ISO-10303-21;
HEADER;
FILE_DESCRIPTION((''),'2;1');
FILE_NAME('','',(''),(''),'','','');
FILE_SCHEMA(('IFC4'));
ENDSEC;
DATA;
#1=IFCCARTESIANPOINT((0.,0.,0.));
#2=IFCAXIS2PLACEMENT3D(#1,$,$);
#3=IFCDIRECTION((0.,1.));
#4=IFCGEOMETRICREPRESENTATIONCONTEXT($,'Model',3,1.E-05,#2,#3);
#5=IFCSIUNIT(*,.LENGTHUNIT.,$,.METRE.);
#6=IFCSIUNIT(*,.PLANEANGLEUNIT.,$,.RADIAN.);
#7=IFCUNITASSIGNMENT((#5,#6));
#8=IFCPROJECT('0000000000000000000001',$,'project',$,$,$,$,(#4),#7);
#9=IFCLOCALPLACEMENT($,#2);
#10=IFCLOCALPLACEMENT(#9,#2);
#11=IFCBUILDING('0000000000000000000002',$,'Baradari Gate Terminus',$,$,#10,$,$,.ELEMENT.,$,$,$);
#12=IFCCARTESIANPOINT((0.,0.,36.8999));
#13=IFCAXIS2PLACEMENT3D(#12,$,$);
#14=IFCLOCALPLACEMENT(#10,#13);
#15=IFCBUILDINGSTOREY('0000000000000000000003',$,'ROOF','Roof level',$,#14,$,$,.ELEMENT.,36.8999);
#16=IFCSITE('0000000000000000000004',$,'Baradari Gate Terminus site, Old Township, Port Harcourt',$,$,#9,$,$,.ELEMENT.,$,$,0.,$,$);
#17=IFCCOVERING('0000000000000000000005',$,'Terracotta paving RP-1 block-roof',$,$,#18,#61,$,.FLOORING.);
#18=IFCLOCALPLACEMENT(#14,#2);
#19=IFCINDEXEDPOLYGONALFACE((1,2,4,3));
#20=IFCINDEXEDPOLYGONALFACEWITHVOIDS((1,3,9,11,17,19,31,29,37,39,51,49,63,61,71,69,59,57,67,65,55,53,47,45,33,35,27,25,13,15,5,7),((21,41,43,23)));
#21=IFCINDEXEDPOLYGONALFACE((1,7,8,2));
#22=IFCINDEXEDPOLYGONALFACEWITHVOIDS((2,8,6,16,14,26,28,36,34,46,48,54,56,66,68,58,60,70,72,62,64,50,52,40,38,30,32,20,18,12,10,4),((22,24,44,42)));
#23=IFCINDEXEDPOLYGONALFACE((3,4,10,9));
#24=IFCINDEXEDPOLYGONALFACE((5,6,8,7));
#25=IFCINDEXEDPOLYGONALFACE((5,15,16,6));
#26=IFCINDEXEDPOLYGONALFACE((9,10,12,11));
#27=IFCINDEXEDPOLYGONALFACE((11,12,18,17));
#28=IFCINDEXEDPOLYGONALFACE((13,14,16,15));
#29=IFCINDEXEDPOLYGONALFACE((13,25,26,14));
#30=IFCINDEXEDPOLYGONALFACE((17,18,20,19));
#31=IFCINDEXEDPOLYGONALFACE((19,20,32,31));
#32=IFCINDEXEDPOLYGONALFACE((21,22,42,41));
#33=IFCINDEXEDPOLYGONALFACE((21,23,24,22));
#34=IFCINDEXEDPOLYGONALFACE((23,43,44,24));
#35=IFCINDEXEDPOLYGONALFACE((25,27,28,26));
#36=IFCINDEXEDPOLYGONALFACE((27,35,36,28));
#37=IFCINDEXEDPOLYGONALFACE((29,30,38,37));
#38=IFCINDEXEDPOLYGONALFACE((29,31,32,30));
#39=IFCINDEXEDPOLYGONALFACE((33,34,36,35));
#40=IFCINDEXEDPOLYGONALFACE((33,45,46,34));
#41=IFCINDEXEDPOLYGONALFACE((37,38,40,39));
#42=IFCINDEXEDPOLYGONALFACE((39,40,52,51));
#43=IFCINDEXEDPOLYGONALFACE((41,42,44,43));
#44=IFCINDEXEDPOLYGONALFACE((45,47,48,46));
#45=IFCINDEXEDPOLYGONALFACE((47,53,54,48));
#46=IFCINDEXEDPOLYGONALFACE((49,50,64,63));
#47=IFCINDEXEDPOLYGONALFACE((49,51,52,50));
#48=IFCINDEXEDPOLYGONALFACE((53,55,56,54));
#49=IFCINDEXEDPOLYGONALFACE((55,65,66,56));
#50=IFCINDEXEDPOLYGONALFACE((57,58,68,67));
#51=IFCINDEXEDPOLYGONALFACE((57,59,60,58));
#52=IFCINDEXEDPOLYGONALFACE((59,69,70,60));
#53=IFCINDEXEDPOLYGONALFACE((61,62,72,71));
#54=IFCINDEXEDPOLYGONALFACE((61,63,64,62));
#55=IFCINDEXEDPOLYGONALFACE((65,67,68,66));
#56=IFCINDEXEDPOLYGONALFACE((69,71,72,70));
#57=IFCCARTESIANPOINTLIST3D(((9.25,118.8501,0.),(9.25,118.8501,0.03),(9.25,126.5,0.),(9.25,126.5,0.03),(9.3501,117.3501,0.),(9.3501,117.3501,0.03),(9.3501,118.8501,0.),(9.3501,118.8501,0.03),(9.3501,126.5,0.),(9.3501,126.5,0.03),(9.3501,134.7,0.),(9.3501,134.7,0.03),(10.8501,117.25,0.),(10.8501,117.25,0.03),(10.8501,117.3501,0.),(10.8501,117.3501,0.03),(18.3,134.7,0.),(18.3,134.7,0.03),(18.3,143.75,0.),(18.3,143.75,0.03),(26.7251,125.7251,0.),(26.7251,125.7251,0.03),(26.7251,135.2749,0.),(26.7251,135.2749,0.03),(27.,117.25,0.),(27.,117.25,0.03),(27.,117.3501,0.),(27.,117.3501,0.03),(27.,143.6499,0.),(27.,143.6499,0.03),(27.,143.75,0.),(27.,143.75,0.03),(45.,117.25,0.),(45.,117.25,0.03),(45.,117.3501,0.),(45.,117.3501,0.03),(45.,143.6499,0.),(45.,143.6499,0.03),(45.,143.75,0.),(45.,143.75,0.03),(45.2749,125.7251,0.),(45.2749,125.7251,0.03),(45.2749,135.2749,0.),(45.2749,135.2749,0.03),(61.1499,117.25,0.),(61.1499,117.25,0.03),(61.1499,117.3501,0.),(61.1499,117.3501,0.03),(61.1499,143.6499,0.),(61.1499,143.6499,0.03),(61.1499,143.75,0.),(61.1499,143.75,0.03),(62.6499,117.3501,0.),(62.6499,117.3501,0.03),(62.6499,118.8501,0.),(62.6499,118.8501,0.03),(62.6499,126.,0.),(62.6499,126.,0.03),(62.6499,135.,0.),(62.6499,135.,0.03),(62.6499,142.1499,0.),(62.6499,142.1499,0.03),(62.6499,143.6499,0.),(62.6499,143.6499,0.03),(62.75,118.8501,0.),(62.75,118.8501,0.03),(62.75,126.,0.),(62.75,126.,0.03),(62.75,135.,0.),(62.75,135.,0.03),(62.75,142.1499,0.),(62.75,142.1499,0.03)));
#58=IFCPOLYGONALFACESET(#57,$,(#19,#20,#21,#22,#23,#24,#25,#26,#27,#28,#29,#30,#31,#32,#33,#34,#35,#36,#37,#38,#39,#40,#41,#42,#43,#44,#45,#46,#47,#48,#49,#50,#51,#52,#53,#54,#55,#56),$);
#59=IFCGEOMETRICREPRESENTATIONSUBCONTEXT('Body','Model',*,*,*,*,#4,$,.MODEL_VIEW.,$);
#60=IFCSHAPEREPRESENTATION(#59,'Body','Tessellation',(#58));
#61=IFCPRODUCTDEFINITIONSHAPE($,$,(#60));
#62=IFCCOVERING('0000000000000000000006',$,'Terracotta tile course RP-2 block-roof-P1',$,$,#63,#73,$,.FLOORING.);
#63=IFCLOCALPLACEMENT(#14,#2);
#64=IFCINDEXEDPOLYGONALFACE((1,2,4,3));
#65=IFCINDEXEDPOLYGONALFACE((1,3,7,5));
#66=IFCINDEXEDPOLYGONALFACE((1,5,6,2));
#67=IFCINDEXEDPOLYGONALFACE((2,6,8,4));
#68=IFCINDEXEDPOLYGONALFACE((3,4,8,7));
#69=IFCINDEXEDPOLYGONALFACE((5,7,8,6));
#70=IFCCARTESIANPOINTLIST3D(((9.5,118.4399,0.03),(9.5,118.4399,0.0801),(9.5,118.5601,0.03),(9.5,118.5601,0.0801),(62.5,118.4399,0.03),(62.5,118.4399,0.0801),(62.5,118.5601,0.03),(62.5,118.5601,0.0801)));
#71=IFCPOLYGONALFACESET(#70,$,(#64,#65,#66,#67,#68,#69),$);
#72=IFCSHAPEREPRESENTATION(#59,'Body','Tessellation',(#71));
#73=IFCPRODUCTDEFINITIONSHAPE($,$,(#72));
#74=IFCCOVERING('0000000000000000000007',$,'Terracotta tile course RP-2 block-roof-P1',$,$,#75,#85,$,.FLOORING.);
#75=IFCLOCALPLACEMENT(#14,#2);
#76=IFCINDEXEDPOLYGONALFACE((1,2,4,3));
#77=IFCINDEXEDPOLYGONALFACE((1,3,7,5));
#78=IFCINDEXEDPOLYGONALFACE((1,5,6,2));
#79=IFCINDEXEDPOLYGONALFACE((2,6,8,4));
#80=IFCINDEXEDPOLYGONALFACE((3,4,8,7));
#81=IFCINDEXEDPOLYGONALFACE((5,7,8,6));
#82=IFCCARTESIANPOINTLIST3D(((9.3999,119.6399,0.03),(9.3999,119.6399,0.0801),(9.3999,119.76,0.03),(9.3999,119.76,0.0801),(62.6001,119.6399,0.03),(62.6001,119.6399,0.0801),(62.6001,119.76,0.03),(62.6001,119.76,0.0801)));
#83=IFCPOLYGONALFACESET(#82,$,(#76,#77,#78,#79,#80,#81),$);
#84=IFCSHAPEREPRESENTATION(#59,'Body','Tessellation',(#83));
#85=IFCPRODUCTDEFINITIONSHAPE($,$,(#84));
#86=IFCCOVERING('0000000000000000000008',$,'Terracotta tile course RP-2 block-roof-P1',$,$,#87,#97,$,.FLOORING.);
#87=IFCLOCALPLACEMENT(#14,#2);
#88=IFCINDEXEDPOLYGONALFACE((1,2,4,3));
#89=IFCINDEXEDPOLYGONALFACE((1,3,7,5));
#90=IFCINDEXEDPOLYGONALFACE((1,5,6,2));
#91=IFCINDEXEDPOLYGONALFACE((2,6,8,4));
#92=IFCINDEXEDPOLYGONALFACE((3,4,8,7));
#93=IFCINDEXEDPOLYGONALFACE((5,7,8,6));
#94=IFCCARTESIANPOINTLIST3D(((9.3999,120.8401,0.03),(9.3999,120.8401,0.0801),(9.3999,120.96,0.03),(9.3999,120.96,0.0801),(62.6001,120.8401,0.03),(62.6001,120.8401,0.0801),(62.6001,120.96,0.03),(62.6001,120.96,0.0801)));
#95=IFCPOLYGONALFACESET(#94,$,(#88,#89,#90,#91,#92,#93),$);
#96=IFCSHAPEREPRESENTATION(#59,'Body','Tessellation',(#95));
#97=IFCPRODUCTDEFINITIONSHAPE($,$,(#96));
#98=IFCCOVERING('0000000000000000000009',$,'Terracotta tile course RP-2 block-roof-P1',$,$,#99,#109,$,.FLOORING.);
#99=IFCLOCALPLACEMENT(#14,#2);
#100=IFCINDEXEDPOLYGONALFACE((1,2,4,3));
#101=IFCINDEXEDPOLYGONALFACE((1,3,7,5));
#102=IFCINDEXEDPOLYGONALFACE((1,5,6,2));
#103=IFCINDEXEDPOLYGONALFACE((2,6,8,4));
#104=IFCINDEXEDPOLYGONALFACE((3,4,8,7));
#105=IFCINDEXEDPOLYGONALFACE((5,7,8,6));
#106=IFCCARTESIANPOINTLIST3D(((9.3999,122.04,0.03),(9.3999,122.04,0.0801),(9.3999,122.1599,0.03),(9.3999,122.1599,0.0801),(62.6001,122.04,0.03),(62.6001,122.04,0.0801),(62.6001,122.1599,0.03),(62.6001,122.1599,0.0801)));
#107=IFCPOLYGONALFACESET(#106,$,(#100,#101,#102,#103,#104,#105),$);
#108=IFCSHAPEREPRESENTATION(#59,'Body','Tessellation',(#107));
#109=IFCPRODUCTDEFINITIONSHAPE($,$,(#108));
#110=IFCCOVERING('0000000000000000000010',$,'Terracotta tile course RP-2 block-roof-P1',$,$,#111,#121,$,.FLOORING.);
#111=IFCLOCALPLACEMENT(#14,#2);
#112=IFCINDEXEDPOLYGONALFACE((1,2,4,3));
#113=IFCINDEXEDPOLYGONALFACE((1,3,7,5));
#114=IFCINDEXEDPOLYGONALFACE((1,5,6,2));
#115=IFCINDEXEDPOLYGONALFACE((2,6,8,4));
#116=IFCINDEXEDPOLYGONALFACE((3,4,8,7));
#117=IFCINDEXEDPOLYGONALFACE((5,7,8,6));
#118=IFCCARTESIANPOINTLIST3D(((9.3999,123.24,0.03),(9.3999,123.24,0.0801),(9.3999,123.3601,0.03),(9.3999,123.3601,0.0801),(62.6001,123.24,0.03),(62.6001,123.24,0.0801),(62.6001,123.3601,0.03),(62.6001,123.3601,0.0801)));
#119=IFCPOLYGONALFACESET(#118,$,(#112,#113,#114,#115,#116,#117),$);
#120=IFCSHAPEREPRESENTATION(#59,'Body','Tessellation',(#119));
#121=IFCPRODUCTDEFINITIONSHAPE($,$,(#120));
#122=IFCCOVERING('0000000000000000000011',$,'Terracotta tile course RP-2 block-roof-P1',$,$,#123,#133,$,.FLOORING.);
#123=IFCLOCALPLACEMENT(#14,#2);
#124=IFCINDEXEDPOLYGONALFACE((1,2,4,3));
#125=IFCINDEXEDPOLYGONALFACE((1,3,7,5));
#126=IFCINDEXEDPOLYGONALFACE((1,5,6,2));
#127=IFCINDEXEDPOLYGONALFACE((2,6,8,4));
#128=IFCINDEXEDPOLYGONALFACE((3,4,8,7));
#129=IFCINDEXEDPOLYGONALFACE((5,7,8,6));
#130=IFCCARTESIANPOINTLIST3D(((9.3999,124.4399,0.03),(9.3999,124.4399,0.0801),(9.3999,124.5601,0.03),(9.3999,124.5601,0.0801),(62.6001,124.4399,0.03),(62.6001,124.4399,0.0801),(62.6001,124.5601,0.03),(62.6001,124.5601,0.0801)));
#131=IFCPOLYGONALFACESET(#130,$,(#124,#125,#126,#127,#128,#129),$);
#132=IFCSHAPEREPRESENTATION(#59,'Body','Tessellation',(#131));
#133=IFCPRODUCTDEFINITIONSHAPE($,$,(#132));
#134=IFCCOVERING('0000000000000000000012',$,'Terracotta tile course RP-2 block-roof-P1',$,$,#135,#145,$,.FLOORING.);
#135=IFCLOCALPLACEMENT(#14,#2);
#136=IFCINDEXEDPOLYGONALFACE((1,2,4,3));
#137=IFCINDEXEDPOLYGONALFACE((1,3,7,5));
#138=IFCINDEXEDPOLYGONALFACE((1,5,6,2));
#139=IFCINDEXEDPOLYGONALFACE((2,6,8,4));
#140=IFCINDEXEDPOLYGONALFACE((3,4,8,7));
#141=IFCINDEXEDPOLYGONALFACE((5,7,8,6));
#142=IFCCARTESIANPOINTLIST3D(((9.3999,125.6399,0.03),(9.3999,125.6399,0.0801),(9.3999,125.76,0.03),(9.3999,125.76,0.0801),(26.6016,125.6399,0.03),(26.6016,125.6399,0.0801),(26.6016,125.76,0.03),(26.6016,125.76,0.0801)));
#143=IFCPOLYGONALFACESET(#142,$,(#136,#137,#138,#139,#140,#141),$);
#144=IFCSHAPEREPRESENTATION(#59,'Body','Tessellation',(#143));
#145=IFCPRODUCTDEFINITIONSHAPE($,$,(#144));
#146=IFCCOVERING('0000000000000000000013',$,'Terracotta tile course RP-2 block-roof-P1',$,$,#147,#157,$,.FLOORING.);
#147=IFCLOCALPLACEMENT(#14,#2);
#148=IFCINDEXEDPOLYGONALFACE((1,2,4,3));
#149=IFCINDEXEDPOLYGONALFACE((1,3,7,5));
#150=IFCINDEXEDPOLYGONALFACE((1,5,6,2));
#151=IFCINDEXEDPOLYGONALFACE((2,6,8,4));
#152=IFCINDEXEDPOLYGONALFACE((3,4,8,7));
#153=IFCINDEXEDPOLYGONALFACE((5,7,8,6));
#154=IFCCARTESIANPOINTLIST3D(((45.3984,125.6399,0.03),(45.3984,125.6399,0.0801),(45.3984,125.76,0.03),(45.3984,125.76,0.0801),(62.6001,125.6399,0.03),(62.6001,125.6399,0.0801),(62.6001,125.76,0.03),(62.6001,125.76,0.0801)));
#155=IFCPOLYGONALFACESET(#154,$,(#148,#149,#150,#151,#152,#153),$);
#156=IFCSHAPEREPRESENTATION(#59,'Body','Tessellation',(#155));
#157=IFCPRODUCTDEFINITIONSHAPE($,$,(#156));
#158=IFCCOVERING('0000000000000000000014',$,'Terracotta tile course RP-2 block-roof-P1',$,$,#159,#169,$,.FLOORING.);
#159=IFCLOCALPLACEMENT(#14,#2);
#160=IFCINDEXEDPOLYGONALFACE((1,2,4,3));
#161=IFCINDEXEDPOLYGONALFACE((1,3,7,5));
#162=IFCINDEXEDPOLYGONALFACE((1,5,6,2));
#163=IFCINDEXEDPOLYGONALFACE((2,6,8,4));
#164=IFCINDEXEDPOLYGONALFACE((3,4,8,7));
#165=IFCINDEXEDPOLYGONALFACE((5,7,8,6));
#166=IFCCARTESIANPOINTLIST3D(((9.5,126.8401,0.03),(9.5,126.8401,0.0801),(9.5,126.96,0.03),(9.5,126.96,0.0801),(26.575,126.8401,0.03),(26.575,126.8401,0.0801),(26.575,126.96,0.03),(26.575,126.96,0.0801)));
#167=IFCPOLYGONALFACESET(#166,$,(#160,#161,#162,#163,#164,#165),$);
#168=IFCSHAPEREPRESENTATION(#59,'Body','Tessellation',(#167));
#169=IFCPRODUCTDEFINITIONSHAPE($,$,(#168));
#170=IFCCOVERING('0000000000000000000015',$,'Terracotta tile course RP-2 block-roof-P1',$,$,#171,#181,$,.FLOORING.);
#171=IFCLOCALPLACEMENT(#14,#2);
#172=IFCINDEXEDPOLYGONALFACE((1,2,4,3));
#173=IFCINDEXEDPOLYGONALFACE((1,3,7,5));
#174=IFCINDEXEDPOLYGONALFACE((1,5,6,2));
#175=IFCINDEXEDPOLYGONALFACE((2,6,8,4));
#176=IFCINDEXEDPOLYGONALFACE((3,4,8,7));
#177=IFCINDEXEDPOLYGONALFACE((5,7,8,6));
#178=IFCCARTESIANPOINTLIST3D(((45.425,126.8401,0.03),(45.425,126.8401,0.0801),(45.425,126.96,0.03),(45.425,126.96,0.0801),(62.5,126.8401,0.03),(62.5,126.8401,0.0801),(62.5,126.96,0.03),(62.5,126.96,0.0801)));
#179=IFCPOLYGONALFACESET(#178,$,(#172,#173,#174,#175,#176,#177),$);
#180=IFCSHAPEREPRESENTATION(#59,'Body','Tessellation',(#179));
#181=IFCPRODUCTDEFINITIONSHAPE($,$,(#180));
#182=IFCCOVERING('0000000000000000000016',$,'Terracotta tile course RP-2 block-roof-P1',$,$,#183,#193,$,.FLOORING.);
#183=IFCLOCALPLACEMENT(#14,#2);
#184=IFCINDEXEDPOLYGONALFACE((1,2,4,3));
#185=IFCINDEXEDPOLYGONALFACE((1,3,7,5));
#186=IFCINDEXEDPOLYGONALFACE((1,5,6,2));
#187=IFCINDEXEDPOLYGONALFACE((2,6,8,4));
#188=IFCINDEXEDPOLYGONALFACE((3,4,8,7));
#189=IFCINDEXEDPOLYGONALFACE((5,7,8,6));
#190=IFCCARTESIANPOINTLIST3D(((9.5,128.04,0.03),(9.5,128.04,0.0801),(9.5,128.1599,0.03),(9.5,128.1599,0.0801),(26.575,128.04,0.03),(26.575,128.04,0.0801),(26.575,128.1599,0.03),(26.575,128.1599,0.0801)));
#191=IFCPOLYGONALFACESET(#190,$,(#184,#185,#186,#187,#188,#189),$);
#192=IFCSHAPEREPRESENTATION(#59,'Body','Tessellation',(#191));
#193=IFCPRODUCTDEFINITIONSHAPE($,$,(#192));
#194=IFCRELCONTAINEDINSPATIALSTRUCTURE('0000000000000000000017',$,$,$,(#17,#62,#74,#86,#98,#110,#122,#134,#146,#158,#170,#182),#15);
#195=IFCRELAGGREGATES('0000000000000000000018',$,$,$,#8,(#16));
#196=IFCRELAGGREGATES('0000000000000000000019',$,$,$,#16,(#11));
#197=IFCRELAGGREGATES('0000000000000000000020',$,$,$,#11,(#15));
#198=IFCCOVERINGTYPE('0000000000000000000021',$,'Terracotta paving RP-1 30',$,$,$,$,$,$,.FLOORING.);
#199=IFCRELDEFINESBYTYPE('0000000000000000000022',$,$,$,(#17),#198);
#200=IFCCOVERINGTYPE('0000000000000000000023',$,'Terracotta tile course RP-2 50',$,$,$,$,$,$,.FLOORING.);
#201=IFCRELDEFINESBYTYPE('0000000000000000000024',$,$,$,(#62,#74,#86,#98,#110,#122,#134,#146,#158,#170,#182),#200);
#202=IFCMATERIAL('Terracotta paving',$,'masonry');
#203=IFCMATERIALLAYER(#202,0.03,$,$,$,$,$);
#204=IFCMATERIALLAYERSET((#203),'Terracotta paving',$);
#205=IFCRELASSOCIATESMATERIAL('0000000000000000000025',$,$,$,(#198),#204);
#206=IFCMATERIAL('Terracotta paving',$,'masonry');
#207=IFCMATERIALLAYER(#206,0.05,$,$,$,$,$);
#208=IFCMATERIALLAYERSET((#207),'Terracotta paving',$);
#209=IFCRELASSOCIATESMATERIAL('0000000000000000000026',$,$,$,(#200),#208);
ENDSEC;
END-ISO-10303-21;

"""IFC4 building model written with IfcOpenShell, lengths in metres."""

from ifc_helpers import new_model, si_unit, direction, frame, origin, place, context, subcontext, project, spatial, polyline, outline, extrude, material, layer, layer_set, type_object, element, save


model = new_model("IFC4")

# Units and contexts
model_context = context("Model", 3, precision=1e-05, world=origin(), true_north=direction((0.0, 1.0)))
body_context = subcontext(model_context, "Body", "Model", "MODEL_VIEW")
ifc_project = project(units=[si_unit("LENGTHUNIT", "METRE"), si_unit("PLANEANGLEUNIT", "RADIAN")], contexts=[model_context])

# Site, building, storey
site_placement = place(None, origin())
site = spatial("IfcSite", under=ifc_project, at=site_placement, Name="Baradari Gate Terminus site, Old Township, Port Harcourt", CompositionType="ELEMENT", RefElevation=0.0)
building_placement = place(site_placement, origin())
building = spatial("IfcBuilding", under=site, at=building_placement, Name="Baradari Gate Terminus", CompositionType="ELEMENT")
storey_placement = place(building_placement, frame((0.0, 0.0, 36.8999)))
storey = spatial("IfcBuildingStorey", under=building, at=storey_placement, Name="ROOF", Description="Roof level", CompositionType="ELEMENT", Elevation=36.8999)

# Coverings
ifc_material_1 = material(Name="Terracotta paving", Category="masonry")
ifc_layer_1 = layer(ifc_material_1, 0.03)
ifc_layer_set_1 = layer_set([ifc_layer_1], Name="Terracotta paving")
covering_type_1 = type_object("IfcCoveringType", Name="Terracotta paving RP-1 30", PredefinedType="FLOORING", material=ifc_layer_set_1)
covering_1_placement = place(storey_placement, origin())
element("IfcCovering", 1, at=covering_1_placement, inside=storey, type_object=covering_type_1, Name="Terracotta paving RP-1 block-roof", PredefinedType="FLOORING", context=body_context, shape_type="SweptSolid", body=[
    extrude(outline(polyline([(9.25, 126.5), (9.3501, 126.5), (9.3501, 134.7), (18.3, 134.7), (18.3, 143.75), (27.0, 143.75), (27.0, 143.6499), (45.0, 143.6499), (45.0, 143.75), (61.1499, 143.75), (61.1499, 143.6499), (62.6499, 143.6499), (62.6499, 142.1499), (62.75, 142.1499), (62.75, 135.0), (62.6499, 135.0), (62.6499, 126.0), (62.75, 126.0), (62.75, 118.8501), (62.6499, 118.8501), (62.6499, 117.3501), (61.1499, 117.3501), (61.1499, 117.25), (45.0, 117.25), (45.0, 117.3501), (27.0, 117.3501), (27.0, 117.25), (10.8501, 117.25), (10.8501, 117.3501), (9.3501, 117.3501), (9.3501, 118.8501), (9.25, 118.8501), (9.25, 126.5)]), holes=[polyline([(45.2749, 125.7251), (45.2749, 135.2749), (26.7251, 135.2749), (26.7251, 125.7251), (45.2749, 125.7251)])]), origin(), (0.0, 0.0, 1.0), 0.03),
])
ifc_material_2 = material(Name="Terracotta paving", Category="masonry")
ifc_layer_2 = layer(ifc_material_2, 0.05)
ifc_layer_set_2 = layer_set([ifc_layer_2], Name="Terracotta paving")
covering_type_2 = type_object("IfcCoveringType", Name="Terracotta tile course RP-2 50", PredefinedType="FLOORING", material=ifc_layer_set_2)
covering_2_placement = place(storey_placement, frame((0.0, 0.0, 0.03)))
element("IfcCovering", 2, at=covering_2_placement, inside=storey, type_object=covering_type_2, Name="Terracotta tile course RP-2 block-roof-P1", PredefinedType="FLOORING", context=body_context, shape_type="SweptSolid", body=[
    extrude(outline(polyline([(62.5, 118.4399), (62.5, 118.5601), (9.5, 118.5601), (9.5, 118.4399), (62.5, 118.4399)])), origin(), (0.0, 0.0, 1.0), 0.05),
])
covering_3_placement = place(storey_placement, frame((0.0, 0.0, 0.03)))
element("IfcCovering", 3, at=covering_3_placement, inside=storey, type_object=covering_type_2, Name="Terracotta tile course RP-2 block-roof-P1", PredefinedType="FLOORING", context=body_context, shape_type="SweptSolid", body=[
    extrude(outline(polyline([(62.6001, 119.6399), (62.6001, 119.76), (9.3999, 119.76), (9.3999, 119.6399), (62.6001, 119.6399)])), origin(), (0.0, 0.0, 1.0), 0.05),
])
covering_4_placement = place(storey_placement, frame((0.0, 0.0, 0.03)))
element("IfcCovering", 4, at=covering_4_placement, inside=storey, type_object=covering_type_2, Name="Terracotta tile course RP-2 block-roof-P1", PredefinedType="FLOORING", context=body_context, shape_type="SweptSolid", body=[
    extrude(outline(polyline([(62.6001, 120.8401), (62.6001, 120.96), (9.3999, 120.96), (9.3999, 120.8401), (62.6001, 120.8401)])), origin(), (0.0, 0.0, 1.0), 0.05),
])
covering_5_placement = place(storey_placement, frame((0.0, 0.0, 0.03)))
element("IfcCovering", 5, at=covering_5_placement, inside=storey, type_object=covering_type_2, Name="Terracotta tile course RP-2 block-roof-P1", PredefinedType="FLOORING", context=body_context, shape_type="SweptSolid", body=[
    extrude(outline(polyline([(62.6001, 122.04), (62.6001, 122.1599), (9.3999, 122.1599), (9.3999, 122.04), (62.6001, 122.04)])), origin(), (0.0, 0.0, 1.0), 0.05),
])
covering_6_placement = place(storey_placement, frame((0.0, 0.0, 0.03)))
element("IfcCovering", 6, at=covering_6_placement, inside=storey, type_object=covering_type_2, Name="Terracotta tile course RP-2 block-roof-P1", PredefinedType="FLOORING", context=body_context, shape_type="SweptSolid", body=[
    extrude(outline(polyline([(62.6001, 123.24), (62.6001, 123.3601), (9.3999, 123.3601), (9.3999, 123.24), (62.6001, 123.24)])), origin(), (0.0, 0.0, 1.0), 0.05),
])
covering_7_placement = place(storey_placement, frame((0.0, 0.0, 0.03)))
element("IfcCovering", 7, at=covering_7_placement, inside=storey, type_object=covering_type_2, Name="Terracotta tile course RP-2 block-roof-P1", PredefinedType="FLOORING", context=body_context, shape_type="SweptSolid", body=[
    extrude(outline(polyline([(62.6001, 124.4399), (62.6001, 124.5601), (9.3999, 124.5601), (9.3999, 124.4399), (62.6001, 124.4399)])), origin(), (0.0, 0.0, 1.0), 0.05),
])
covering_8_placement = place(storey_placement, frame((0.0, 0.0, 0.03)))
element("IfcCovering", 8, at=covering_8_placement, inside=storey, type_object=covering_type_2, Name="Terracotta tile course RP-2 block-roof-P1", PredefinedType="FLOORING", context=body_context, shape_type="SweptSolid", body=[
    extrude(outline(polyline([(26.6016, 125.6399), (26.6016, 125.76), (9.3999, 125.76), (9.3999, 125.6399), (26.6016, 125.6399)])), origin(), (0.0, 0.0, 1.0), 0.05),
])
covering_9_placement = place(storey_placement, frame((0.0, 0.0, 0.03)))
element("IfcCovering", 9, at=covering_9_placement, inside=storey, type_object=covering_type_2, Name="Terracotta tile course RP-2 block-roof-P1", PredefinedType="FLOORING", context=body_context, shape_type="SweptSolid", body=[
    extrude(outline(polyline([(62.6001, 125.6399), (62.6001, 125.76), (45.3984, 125.76), (45.3984, 125.6399), (62.6001, 125.6399)])), origin(), (0.0, 0.0, 1.0), 0.05),
])
covering_10_placement = place(storey_placement, frame((0.0, 0.0, 0.03)))
element("IfcCovering", 10, at=covering_10_placement, inside=storey, type_object=covering_type_2, Name="Terracotta tile course RP-2 block-roof-P1", PredefinedType="FLOORING", context=body_context, shape_type="SweptSolid", body=[
    extrude(outline(polyline([(26.575, 126.8401), (26.575, 126.96), (9.5, 126.96), (9.5, 126.8401), (26.575, 126.8401)])), origin(), (0.0, 0.0, 1.0), 0.05),
])
covering_11_placement = place(storey_placement, frame((0.0, 0.0, 0.03)))
element("IfcCovering", 11, at=covering_11_placement, inside=storey, type_object=covering_type_2, Name="Terracotta tile course RP-2 block-roof-P1", PredefinedType="FLOORING", context=body_context, shape_type="SweptSolid", body=[
    extrude(outline(polyline([(62.5, 126.8401), (62.5, 126.96), (45.425, 126.96), (45.425, 126.8401), (62.5, 126.8401)])), origin(), (0.0, 0.0, 1.0), 0.05),
])
covering_12_placement = place(storey_placement, frame((0.0, 0.0, 0.03)))
element("IfcCovering", 12, at=covering_12_placement, inside=storey, type_object=covering_type_2, Name="Terracotta tile course RP-2 block-roof-P1", PredefinedType="FLOORING", context=body_context, shape_type="SweptSolid", body=[
    extrude(outline(polyline([(26.575, 128.04), (26.575, 128.1599), (9.5, 128.1599), (9.5, 128.04), (26.575, 128.04)])), origin(), (0.0, 0.0, 1.0), 0.05),
])

save(model, "model.ifc")
